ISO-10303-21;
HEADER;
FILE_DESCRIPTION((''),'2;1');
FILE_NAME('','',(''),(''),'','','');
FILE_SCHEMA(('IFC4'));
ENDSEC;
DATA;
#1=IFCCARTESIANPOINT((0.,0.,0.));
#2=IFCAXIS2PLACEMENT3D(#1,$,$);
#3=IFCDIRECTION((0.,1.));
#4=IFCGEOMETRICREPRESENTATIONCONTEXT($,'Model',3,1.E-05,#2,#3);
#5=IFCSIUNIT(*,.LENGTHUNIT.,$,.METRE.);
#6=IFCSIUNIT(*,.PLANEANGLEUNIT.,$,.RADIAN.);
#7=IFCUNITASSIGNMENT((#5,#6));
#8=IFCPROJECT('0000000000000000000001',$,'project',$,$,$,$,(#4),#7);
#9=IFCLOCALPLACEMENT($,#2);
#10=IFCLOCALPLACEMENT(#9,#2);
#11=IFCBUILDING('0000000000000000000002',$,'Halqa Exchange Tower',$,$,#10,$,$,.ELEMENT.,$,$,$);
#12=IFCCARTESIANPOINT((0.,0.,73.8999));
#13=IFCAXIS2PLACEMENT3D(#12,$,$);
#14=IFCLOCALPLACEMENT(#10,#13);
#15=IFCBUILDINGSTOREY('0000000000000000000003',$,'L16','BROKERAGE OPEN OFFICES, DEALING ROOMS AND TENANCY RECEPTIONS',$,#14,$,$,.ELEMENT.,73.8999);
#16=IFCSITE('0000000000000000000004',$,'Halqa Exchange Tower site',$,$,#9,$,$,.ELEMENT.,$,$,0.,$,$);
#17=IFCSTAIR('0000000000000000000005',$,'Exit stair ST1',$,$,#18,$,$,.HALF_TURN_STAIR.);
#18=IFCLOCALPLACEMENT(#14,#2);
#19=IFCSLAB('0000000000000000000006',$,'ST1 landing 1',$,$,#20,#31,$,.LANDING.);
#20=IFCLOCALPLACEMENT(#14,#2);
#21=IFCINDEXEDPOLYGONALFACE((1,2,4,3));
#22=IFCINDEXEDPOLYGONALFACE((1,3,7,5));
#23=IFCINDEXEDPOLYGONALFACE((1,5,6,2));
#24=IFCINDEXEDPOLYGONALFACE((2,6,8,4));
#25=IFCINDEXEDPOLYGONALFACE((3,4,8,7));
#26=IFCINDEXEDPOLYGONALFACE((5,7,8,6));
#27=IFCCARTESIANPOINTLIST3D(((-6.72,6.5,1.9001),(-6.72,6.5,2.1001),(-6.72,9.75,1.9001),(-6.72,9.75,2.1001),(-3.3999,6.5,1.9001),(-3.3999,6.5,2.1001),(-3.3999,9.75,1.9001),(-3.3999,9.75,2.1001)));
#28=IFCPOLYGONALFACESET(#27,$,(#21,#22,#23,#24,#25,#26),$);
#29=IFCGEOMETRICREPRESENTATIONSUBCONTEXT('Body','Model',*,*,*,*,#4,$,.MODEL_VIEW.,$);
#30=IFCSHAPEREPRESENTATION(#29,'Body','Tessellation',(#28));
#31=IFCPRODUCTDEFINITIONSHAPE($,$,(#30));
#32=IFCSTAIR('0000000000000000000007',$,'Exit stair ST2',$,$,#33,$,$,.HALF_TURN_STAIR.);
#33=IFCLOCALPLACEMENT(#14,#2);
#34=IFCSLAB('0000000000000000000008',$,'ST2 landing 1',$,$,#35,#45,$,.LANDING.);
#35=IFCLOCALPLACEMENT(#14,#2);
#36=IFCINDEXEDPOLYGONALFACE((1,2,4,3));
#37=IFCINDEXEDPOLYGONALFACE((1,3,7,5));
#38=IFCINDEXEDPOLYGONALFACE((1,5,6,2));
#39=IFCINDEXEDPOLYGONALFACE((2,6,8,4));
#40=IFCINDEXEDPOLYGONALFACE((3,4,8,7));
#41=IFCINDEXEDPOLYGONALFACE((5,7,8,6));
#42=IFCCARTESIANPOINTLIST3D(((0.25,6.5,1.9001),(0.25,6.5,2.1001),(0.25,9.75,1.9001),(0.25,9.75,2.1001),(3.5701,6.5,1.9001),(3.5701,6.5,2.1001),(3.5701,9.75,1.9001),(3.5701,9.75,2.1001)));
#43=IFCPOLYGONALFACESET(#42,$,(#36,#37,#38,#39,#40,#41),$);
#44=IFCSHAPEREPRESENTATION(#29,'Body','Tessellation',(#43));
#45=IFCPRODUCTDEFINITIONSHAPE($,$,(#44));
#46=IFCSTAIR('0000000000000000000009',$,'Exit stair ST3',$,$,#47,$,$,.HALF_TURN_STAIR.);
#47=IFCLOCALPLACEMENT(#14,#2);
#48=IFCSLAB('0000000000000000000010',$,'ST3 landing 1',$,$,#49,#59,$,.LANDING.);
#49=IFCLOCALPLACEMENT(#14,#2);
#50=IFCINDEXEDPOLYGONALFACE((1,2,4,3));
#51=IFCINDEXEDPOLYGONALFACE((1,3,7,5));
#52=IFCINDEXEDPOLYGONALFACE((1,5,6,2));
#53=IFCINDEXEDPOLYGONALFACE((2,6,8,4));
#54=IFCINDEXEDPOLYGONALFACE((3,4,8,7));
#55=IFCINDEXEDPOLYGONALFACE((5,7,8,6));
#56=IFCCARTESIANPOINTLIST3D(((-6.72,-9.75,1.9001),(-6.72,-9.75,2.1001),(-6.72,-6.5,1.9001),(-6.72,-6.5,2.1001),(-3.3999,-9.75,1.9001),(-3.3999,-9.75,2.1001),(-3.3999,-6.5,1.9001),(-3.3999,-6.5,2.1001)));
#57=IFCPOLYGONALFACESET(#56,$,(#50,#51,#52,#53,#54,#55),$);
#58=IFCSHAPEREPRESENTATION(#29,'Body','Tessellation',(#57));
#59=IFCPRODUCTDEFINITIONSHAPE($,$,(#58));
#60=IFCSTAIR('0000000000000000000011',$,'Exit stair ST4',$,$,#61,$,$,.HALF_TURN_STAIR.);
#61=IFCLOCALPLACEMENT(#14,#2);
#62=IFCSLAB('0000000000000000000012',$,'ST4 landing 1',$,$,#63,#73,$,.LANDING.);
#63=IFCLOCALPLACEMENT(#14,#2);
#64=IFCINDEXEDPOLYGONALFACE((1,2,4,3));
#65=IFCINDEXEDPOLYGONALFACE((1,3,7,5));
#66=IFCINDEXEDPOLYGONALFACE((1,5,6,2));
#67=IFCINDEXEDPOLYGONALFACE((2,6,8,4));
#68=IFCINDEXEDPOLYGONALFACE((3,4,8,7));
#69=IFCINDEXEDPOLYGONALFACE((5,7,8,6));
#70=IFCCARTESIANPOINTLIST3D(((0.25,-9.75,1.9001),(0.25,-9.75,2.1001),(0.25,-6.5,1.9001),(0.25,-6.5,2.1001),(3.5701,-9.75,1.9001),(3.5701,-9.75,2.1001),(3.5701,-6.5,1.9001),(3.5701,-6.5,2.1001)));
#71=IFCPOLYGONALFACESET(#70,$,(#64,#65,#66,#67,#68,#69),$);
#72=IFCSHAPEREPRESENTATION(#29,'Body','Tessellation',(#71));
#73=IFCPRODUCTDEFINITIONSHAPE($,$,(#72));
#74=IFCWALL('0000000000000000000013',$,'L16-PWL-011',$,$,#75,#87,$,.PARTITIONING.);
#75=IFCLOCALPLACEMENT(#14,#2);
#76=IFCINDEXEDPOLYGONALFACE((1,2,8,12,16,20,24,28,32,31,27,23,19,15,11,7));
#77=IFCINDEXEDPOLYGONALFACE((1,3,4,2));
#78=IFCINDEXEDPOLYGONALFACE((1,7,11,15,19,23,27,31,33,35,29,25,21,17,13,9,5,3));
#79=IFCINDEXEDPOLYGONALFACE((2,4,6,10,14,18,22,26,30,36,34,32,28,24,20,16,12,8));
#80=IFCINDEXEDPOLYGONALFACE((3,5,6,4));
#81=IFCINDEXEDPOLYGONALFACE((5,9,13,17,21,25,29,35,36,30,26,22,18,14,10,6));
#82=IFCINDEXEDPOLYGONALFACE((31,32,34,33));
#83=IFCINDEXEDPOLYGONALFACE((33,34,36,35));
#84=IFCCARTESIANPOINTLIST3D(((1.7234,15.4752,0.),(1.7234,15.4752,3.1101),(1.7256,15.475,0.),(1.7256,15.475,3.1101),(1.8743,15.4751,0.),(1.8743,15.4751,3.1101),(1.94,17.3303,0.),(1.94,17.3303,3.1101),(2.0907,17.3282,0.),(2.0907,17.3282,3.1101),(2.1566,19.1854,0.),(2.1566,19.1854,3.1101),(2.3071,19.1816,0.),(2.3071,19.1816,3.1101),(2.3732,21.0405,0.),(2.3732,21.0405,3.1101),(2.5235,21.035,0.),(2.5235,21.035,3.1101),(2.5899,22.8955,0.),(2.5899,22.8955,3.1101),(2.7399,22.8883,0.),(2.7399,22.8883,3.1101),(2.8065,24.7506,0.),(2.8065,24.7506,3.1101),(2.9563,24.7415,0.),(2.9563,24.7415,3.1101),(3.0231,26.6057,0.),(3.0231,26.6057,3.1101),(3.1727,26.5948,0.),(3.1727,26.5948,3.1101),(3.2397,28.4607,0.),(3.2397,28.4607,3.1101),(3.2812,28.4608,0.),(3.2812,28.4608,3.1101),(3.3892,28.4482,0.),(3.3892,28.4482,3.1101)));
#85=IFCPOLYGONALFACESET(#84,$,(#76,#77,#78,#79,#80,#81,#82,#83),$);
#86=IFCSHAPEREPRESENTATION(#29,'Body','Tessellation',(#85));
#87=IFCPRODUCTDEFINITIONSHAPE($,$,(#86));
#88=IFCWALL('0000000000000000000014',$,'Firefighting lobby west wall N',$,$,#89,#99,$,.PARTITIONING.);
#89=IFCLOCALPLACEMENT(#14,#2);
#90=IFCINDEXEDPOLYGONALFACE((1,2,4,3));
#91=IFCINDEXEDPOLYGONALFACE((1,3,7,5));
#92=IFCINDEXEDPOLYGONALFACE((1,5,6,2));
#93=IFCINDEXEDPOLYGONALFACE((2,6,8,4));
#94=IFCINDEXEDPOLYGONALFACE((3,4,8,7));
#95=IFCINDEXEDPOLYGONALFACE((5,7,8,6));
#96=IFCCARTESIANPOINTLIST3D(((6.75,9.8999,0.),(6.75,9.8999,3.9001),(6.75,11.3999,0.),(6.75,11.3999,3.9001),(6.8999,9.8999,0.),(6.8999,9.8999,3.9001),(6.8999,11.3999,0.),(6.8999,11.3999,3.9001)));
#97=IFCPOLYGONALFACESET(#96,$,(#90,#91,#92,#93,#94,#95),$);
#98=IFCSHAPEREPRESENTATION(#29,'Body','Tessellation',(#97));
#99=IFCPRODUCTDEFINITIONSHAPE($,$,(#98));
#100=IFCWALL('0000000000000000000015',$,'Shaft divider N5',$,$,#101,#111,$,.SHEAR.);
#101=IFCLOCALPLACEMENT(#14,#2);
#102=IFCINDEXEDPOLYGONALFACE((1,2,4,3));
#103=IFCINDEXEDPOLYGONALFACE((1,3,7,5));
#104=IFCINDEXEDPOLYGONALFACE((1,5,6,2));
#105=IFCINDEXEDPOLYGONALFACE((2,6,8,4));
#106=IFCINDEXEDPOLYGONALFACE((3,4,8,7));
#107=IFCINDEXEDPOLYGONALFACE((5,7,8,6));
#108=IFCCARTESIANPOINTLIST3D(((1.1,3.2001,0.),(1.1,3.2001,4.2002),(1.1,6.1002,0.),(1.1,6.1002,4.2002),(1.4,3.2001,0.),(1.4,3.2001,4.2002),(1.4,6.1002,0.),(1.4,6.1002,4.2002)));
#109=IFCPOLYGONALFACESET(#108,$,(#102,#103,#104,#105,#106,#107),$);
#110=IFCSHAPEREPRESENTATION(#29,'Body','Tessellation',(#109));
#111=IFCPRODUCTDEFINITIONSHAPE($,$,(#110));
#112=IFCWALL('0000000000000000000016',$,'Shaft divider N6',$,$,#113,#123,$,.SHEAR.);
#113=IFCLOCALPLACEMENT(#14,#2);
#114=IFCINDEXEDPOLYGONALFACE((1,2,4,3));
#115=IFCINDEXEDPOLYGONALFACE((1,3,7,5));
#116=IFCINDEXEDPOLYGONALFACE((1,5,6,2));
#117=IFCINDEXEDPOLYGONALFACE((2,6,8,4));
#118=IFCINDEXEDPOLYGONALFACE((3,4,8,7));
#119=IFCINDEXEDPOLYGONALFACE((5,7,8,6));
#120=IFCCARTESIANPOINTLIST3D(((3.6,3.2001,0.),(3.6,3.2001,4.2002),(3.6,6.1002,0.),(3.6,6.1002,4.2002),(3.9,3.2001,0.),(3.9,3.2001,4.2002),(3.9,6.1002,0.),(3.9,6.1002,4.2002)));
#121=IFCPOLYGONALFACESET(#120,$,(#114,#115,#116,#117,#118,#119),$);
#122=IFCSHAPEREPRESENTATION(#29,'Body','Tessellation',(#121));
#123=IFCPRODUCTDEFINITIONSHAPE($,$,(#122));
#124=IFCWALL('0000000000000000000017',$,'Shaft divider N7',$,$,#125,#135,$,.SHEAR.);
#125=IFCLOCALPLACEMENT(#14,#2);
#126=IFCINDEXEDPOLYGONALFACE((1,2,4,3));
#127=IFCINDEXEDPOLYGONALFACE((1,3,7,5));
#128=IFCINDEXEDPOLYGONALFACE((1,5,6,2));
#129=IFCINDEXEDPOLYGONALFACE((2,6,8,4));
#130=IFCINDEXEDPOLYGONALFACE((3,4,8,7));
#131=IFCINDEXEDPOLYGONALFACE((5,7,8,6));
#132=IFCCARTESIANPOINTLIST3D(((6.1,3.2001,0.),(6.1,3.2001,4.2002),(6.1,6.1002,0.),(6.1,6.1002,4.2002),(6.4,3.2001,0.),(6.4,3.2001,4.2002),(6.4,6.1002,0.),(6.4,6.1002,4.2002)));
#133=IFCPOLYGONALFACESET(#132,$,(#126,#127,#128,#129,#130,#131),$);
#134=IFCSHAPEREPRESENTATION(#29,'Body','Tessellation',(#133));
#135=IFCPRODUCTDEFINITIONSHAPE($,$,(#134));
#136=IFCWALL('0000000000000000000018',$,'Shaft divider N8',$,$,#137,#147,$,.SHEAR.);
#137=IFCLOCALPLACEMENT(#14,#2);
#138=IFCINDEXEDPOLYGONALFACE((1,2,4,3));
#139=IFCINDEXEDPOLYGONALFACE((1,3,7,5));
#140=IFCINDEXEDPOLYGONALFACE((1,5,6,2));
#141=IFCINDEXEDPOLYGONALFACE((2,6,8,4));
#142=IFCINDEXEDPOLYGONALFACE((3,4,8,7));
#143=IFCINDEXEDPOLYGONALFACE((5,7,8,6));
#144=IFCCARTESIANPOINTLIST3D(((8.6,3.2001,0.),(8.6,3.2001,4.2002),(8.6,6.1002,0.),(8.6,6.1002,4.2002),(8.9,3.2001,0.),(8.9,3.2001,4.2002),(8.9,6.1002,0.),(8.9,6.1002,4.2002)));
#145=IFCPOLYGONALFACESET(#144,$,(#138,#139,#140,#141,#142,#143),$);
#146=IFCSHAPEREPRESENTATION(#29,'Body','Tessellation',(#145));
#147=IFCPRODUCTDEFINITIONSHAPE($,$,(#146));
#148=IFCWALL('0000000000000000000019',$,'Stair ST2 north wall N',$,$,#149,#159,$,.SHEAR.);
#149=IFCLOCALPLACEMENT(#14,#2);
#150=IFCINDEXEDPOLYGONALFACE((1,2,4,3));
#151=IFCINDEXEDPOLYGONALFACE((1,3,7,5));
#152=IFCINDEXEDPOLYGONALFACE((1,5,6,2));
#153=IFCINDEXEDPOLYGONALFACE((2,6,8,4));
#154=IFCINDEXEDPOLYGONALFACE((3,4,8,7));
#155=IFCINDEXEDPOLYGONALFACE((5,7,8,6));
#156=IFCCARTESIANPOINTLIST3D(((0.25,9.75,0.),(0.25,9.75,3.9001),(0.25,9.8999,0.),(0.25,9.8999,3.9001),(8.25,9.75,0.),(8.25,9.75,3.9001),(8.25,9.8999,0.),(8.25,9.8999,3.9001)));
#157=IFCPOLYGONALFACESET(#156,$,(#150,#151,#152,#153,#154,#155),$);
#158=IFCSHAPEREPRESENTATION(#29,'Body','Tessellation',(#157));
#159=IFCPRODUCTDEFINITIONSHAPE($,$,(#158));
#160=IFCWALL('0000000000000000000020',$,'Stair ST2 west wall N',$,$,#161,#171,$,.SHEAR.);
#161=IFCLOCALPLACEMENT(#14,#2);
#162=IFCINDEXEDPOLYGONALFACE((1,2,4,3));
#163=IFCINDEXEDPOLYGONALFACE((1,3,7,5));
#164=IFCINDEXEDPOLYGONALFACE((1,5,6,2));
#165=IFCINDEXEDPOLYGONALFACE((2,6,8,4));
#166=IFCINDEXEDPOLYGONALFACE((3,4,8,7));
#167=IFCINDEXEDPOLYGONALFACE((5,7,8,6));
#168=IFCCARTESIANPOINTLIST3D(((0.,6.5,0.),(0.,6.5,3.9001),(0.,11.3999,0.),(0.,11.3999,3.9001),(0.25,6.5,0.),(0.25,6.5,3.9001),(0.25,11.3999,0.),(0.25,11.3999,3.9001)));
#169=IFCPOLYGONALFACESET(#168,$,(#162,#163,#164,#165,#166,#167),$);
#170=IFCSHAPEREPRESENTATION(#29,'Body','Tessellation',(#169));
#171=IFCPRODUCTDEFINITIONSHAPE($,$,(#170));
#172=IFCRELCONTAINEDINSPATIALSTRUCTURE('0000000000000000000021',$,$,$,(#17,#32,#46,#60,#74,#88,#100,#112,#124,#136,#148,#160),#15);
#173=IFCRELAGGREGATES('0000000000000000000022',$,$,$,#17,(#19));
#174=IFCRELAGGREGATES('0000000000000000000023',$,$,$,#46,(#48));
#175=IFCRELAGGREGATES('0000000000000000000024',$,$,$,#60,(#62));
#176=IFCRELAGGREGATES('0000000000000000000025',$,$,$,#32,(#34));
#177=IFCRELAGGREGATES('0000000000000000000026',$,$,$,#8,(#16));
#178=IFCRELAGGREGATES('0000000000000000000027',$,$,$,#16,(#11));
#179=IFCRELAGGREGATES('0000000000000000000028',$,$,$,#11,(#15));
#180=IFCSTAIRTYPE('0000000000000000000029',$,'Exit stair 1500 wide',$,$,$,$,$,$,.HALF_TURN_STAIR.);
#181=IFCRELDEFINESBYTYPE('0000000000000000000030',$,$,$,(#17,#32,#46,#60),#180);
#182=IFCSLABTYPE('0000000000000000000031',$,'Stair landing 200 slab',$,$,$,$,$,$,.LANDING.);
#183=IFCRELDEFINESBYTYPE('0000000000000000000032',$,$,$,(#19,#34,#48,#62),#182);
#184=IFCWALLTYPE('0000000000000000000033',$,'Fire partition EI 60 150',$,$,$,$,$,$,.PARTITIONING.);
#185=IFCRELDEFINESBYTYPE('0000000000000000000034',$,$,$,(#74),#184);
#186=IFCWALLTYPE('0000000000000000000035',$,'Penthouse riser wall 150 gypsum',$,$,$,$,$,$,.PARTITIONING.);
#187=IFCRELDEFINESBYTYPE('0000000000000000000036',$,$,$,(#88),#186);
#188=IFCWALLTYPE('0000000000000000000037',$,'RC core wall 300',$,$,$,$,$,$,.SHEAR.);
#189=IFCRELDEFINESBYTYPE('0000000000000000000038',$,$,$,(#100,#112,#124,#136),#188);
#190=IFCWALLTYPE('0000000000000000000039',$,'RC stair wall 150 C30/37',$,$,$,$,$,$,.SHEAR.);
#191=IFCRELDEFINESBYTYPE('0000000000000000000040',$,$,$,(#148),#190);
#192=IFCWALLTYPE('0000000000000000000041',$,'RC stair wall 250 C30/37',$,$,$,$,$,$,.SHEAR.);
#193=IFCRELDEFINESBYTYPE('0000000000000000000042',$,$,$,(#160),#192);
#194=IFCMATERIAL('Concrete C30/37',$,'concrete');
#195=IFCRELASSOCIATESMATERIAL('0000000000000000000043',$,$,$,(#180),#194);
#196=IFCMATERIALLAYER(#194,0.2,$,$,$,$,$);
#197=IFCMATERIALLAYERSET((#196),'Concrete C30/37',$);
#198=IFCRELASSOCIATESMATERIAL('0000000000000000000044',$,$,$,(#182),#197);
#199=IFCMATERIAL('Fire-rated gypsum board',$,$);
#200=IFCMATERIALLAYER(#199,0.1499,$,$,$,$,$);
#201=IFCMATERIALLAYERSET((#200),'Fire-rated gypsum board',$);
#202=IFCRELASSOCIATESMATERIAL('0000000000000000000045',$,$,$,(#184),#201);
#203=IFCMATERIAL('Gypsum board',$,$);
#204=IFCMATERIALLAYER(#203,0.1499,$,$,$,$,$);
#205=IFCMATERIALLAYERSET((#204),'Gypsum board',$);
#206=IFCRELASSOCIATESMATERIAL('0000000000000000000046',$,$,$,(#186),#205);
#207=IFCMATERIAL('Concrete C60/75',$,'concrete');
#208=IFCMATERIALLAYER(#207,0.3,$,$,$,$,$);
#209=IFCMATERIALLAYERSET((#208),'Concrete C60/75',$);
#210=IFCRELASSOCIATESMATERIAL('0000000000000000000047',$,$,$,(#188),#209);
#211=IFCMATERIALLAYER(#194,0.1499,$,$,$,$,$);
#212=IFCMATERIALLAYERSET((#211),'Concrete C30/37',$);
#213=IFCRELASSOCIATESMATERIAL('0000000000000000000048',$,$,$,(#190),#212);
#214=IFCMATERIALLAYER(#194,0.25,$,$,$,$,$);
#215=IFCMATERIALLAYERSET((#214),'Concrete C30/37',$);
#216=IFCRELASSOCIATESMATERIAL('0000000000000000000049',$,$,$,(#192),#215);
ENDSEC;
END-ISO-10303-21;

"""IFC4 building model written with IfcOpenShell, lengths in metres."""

from ifc_helpers import new_model, si_unit, direction, frame, frame_2d, origin, place, context, subcontext, project, spatial, polyline, rectangle, outline, extrude, material, layer, layer_set, type_object, element, aggregate, save


model = new_model("IFC4")

# Units and contexts
model_context = context("Model", 3, precision=1e-05, world=origin(), true_north=direction((0.0, 1.0)))
body_context = subcontext(model_context, "Body", "Model", "MODEL_VIEW")
ifc_project = project(units=[si_unit("LENGTHUNIT", "METRE"), si_unit("PLANEANGLEUNIT", "RADIAN")], contexts=[model_context])

# Site, building, storey
site_placement = place(None, origin())
site = spatial("IfcSite", under=ifc_project, at=site_placement, Name="Halqa Exchange Tower site", CompositionType="ELEMENT", RefElevation=0.0)
building_placement = place(site_placement, origin())
building = spatial("IfcBuilding", under=site, at=building_placement, Name="Halqa Exchange Tower", CompositionType="ELEMENT")
storey_placement = place(building_placement, frame((0.0, 0.0, 73.8999)))
storey = spatial("IfcBuildingStorey", under=building, at=storey_placement, Name="L16", Description="BROKERAGE OPEN OFFICES, DEALING ROOMS AND TENANCY RECEPTIONS", CompositionType="ELEMENT", Elevation=73.8999)

# Shared definitions
ifc_material_1 = material(Name="Concrete C60/75", Category="concrete")

# Stairs, slabs
ifc_material_2 = material(Name="Concrete C30/37", Category="concrete")
stair_type = type_object("IfcStairType", Name="Exit stair 1500 wide", PredefinedType="HALF_TURN_STAIR", material=ifc_material_2)
stair_1_placement = place(storey_placement, origin())
stair_1 = element("IfcStair", 1, at=stair_1_placement, inside=storey, type_object=stair_type, Name="Exit stair ST1", PredefinedType="HALF_TURN_STAIR")
ifc_layer_1 = layer(ifc_material_2, 0.2)
ifc_layer_set_1 = layer_set([ifc_layer_1], Name="Concrete C30/37")
slab_type_1 = type_object("IfcSlabType", Name="Stair landing 200 slab", PredefinedType="LANDING", material=ifc_layer_set_1)
slab_1_placement = place(storey_placement, frame((0.0, 0.0, 1.9001)))
slab_1 = element("IfcSlab", 2, at=slab_1_placement, type_object=slab_type_1, Name="ST1 landing 1", PredefinedType="LANDING", context=body_context, shape_type="SweptSolid", body=[
    extrude(outline(polyline([(-6.72, 6.5), (-3.3999, 6.5), (-3.3999, 9.75), (-6.72, 9.75), (-6.72, 6.5)])), origin(), (0.0, 0.0, 1.0), 0.2),
])
aggregate(stair_1, [slab_1])
stair_2_placement = place(storey_placement, origin())
stair_2 = element("IfcStair", 3, at=stair_2_placement, inside=storey, type_object=stair_type, Name="Exit stair ST2", PredefinedType="HALF_TURN_STAIR")
slab_2_placement = place(storey_placement, frame((0.0, 0.0, 1.9001)))
slab_2 = element("IfcSlab", 4, at=slab_2_placement, type_object=slab_type_1, Name="ST2 landing 1", PredefinedType="LANDING", context=body_context, shape_type="SweptSolid", body=[
    extrude(outline(polyline([(0.25, 6.5), (3.5701, 6.5), (3.5701, 9.75), (0.25, 9.75), (0.25, 6.5)])), origin(), (0.0, 0.0, 1.0), 0.2),
])
stair_3_placement = place(storey_placement, origin())
stair_3 = element("IfcStair", 5, at=stair_3_placement, inside=storey, type_object=stair_type, Name="Exit stair ST3", PredefinedType="HALF_TURN_STAIR")
slab_3_placement = place(storey_placement, frame((0.0, 0.0, 1.9001)))
slab_3 = element("IfcSlab", 6, at=slab_3_placement, type_object=slab_type_1, Name="ST3 landing 1", PredefinedType="LANDING", context=body_context, shape_type="SweptSolid", body=[
    extrude(outline(polyline([(-6.72, -9.75), (-3.3999, -9.75), (-3.3999, -6.5), (-6.72, -6.5), (-6.72, -9.75)])), origin(), (0.0, 0.0, 1.0), 0.2),
])
aggregate(stair_3, [slab_3])
stair_4_placement = place(storey_placement, origin())
stair_4 = element("IfcStair", 7, at=stair_4_placement, inside=storey, type_object=stair_type, Name="Exit stair ST4", PredefinedType="HALF_TURN_STAIR")
slab_4_placement = place(storey_placement, frame((0.0, 0.0, 1.9001)))
slab_4 = element("IfcSlab", 8, at=slab_4_placement, type_object=slab_type_1, Name="ST4 landing 1", PredefinedType="LANDING", context=body_context, shape_type="SweptSolid", body=[
    extrude(outline(polyline([(0.25, -9.75), (3.5701, -9.75), (3.5701, -6.5), (0.25, -6.5), (0.25, -9.75)])), origin(), (0.0, 0.0, 1.0), 0.2),
])
aggregate(stair_4, [slab_4])

# Walls
ifc_material_3 = material(Name="Fire-rated gypsum board")
ifc_layer_2 = layer(ifc_material_3, 0.1499)
ifc_layer_set_2 = layer_set([ifc_layer_2], Name="Fire-rated gypsum board")
wall_type_1 = type_object("IfcWallType", Name="Fire partition EI 60 150", PredefinedType="PARTITIONING", material=ifc_layer_set_2)
wall_1_placement = place(storey_placement, frame((1.7979, 15.4666, 0.0), z_axis=(0.0, 0.0, 1.0), x_axis=(0.11598, 0.993252, 0.0)))
element("IfcWall", 9, at=wall_1_placement, inside=storey, type_object=wall_type_1, Name="L16-PWL-011", PredefinedType="PARTITIONING", context=body_context, shape_type="SweptSolid", body=[
    extrude(outline(polyline([(13.0786, -0.075), (13.0786, 0.0337), (13.0737, 0.075), (11.2061, 0.075), (9.3384, 0.075), (7.4707, 0.075), (5.603, 0.075), (3.7354, 0.075), (1.8677, 0.075), (0.0, 0.075), (0.0, 0.0728), (0.0173, -0.075), (1.8831, -0.075), (3.749, -0.075), (5.615, -0.075), (7.481, -0.075), (9.3467, -0.075), (11.2126, -0.075), (13.0786, -0.075)])), origin(), (0.0, 0.0, 1.0), 3.1101),
])
ifc_material_4 = material(Name="Gypsum board")
ifc_layer_3 = layer(ifc_material_4, 0.1499)
ifc_layer_set_3 = layer_set([ifc_layer_3], Name="Gypsum board")
wall_type_2 = type_object("IfcWallType", Name="Penthouse riser wall 150 gypsum", PredefinedType="PARTITIONING", material=ifc_layer_set_3)
wall_2_placement = place(storey_placement, frame((6.825, 9.8999, 0.0), z_axis=(0.0, 0.0, 1.0), x_axis=(0.0, 1.0, 0.0)))
element("IfcWall", 10, at=wall_2_placement, inside=storey, type_object=wall_type_2, Name="Firefighting lobby west wall N", PredefinedType="PARTITIONING", context=body_context, shape_type="SweptSolid", body=[
    extrude(rectangle(XDim=1.5, YDim=0.1499, at=frame_2d((0.75, 0.0))), origin(), (0.0, 0.0, 1.0), 3.9001),
])
ifc_layer_4 = layer(ifc_material_1, 0.3)
ifc_layer_set_4 = layer_set([ifc_layer_4], Name="Concrete C60/75")
wall_type_3 = type_object("IfcWallType", Name="RC core wall 300", PredefinedType="SHEAR", material=ifc_layer_set_4)
for number, where, z_axis, x_axis, name in (
    (11, (1.25, 3.2, 0.0), (0.0, 0.0, 1.0), (0.0, 1.0, 0.0), "Shaft divider N5"),
    (12, (3.75, 3.2, 0.0), (0.0, 0.0, 1.0), (0.0, 1.0, 0.0), "Shaft divider N6"),
    (13, (6.25, 3.2, 0.0), (0.0, 0.0, 1.0), (0.0, 1.0, 0.0), "Shaft divider N7"),
    (14, (8.75, 3.2, 0.0), (0.0, 0.0, 1.0), (0.0, 1.0, 0.0), "Shaft divider N8"),
):
    element("IfcWall", number, at=place(storey_placement, frame(where, z_axis=z_axis, x_axis=x_axis)), inside=storey, type_object=wall_type_3, Name=name, PredefinedType="SHEAR", context=body_context, shape_type="SweptSolid", body=[
        extrude(rectangle(XDim=2.9001, YDim=0.3, at=frame_2d((1.4502, 0.0))), origin(), (0.0, 0.0, 1.0), 4.2002),
    ])
ifc_layer_5 = layer(ifc_material_2, 0.1499)
ifc_layer_set_5 = layer_set([ifc_layer_5], Name="Concrete C30/37")
wall_type_4 = type_object("IfcWallType", Name="RC stair wall 150 C30/37", PredefinedType="SHEAR", material=ifc_layer_set_5)
wall_3_placement = place(storey_placement, frame((0.25, 9.825, 0.0), z_axis=(0.0, 0.0, 1.0), x_axis=(1.0, 0.0, 0.0)))
element("IfcWall", 15, at=wall_3_placement, inside=storey, type_object=wall_type_4, Name="Stair ST2 north wall N", PredefinedType="SHEAR", context=body_context, shape_type="SweptSolid", body=[
    extrude(rectangle(XDim=8.0, YDim=0.1499, at=frame_2d((4.0, 0.0))), origin(), (0.0, 0.0, 1.0), 3.9001),
])
ifc_layer_6 = layer(ifc_material_2, 0.25)
ifc_layer_set_6 = layer_set([ifc_layer_6], Name="Concrete C30/37")
wall_type_5 = type_object("IfcWallType", Name="RC stair wall 250 C30/37", PredefinedType="SHEAR", material=ifc_layer_set_6)
wall_4_placement = place(storey_placement, frame((0.125, 6.5, 0.0), z_axis=(0.0, 0.0, 1.0), x_axis=(0.0, 1.0, 0.0)))
element("IfcWall", 16, at=wall_4_placement, inside=storey, type_object=wall_type_5, Name="Stair ST2 west wall N", PredefinedType="SHEAR", context=body_context, shape_type="SweptSolid", body=[
    extrude(rectangle(XDim=4.8999, YDim=0.25, at=frame_2d((2.45, 0.0))), origin(), (0.0, 0.0, 1.0), 3.9001),
])

aggregate(stair_2, [slab_2])

save(model, "model.ifc")
